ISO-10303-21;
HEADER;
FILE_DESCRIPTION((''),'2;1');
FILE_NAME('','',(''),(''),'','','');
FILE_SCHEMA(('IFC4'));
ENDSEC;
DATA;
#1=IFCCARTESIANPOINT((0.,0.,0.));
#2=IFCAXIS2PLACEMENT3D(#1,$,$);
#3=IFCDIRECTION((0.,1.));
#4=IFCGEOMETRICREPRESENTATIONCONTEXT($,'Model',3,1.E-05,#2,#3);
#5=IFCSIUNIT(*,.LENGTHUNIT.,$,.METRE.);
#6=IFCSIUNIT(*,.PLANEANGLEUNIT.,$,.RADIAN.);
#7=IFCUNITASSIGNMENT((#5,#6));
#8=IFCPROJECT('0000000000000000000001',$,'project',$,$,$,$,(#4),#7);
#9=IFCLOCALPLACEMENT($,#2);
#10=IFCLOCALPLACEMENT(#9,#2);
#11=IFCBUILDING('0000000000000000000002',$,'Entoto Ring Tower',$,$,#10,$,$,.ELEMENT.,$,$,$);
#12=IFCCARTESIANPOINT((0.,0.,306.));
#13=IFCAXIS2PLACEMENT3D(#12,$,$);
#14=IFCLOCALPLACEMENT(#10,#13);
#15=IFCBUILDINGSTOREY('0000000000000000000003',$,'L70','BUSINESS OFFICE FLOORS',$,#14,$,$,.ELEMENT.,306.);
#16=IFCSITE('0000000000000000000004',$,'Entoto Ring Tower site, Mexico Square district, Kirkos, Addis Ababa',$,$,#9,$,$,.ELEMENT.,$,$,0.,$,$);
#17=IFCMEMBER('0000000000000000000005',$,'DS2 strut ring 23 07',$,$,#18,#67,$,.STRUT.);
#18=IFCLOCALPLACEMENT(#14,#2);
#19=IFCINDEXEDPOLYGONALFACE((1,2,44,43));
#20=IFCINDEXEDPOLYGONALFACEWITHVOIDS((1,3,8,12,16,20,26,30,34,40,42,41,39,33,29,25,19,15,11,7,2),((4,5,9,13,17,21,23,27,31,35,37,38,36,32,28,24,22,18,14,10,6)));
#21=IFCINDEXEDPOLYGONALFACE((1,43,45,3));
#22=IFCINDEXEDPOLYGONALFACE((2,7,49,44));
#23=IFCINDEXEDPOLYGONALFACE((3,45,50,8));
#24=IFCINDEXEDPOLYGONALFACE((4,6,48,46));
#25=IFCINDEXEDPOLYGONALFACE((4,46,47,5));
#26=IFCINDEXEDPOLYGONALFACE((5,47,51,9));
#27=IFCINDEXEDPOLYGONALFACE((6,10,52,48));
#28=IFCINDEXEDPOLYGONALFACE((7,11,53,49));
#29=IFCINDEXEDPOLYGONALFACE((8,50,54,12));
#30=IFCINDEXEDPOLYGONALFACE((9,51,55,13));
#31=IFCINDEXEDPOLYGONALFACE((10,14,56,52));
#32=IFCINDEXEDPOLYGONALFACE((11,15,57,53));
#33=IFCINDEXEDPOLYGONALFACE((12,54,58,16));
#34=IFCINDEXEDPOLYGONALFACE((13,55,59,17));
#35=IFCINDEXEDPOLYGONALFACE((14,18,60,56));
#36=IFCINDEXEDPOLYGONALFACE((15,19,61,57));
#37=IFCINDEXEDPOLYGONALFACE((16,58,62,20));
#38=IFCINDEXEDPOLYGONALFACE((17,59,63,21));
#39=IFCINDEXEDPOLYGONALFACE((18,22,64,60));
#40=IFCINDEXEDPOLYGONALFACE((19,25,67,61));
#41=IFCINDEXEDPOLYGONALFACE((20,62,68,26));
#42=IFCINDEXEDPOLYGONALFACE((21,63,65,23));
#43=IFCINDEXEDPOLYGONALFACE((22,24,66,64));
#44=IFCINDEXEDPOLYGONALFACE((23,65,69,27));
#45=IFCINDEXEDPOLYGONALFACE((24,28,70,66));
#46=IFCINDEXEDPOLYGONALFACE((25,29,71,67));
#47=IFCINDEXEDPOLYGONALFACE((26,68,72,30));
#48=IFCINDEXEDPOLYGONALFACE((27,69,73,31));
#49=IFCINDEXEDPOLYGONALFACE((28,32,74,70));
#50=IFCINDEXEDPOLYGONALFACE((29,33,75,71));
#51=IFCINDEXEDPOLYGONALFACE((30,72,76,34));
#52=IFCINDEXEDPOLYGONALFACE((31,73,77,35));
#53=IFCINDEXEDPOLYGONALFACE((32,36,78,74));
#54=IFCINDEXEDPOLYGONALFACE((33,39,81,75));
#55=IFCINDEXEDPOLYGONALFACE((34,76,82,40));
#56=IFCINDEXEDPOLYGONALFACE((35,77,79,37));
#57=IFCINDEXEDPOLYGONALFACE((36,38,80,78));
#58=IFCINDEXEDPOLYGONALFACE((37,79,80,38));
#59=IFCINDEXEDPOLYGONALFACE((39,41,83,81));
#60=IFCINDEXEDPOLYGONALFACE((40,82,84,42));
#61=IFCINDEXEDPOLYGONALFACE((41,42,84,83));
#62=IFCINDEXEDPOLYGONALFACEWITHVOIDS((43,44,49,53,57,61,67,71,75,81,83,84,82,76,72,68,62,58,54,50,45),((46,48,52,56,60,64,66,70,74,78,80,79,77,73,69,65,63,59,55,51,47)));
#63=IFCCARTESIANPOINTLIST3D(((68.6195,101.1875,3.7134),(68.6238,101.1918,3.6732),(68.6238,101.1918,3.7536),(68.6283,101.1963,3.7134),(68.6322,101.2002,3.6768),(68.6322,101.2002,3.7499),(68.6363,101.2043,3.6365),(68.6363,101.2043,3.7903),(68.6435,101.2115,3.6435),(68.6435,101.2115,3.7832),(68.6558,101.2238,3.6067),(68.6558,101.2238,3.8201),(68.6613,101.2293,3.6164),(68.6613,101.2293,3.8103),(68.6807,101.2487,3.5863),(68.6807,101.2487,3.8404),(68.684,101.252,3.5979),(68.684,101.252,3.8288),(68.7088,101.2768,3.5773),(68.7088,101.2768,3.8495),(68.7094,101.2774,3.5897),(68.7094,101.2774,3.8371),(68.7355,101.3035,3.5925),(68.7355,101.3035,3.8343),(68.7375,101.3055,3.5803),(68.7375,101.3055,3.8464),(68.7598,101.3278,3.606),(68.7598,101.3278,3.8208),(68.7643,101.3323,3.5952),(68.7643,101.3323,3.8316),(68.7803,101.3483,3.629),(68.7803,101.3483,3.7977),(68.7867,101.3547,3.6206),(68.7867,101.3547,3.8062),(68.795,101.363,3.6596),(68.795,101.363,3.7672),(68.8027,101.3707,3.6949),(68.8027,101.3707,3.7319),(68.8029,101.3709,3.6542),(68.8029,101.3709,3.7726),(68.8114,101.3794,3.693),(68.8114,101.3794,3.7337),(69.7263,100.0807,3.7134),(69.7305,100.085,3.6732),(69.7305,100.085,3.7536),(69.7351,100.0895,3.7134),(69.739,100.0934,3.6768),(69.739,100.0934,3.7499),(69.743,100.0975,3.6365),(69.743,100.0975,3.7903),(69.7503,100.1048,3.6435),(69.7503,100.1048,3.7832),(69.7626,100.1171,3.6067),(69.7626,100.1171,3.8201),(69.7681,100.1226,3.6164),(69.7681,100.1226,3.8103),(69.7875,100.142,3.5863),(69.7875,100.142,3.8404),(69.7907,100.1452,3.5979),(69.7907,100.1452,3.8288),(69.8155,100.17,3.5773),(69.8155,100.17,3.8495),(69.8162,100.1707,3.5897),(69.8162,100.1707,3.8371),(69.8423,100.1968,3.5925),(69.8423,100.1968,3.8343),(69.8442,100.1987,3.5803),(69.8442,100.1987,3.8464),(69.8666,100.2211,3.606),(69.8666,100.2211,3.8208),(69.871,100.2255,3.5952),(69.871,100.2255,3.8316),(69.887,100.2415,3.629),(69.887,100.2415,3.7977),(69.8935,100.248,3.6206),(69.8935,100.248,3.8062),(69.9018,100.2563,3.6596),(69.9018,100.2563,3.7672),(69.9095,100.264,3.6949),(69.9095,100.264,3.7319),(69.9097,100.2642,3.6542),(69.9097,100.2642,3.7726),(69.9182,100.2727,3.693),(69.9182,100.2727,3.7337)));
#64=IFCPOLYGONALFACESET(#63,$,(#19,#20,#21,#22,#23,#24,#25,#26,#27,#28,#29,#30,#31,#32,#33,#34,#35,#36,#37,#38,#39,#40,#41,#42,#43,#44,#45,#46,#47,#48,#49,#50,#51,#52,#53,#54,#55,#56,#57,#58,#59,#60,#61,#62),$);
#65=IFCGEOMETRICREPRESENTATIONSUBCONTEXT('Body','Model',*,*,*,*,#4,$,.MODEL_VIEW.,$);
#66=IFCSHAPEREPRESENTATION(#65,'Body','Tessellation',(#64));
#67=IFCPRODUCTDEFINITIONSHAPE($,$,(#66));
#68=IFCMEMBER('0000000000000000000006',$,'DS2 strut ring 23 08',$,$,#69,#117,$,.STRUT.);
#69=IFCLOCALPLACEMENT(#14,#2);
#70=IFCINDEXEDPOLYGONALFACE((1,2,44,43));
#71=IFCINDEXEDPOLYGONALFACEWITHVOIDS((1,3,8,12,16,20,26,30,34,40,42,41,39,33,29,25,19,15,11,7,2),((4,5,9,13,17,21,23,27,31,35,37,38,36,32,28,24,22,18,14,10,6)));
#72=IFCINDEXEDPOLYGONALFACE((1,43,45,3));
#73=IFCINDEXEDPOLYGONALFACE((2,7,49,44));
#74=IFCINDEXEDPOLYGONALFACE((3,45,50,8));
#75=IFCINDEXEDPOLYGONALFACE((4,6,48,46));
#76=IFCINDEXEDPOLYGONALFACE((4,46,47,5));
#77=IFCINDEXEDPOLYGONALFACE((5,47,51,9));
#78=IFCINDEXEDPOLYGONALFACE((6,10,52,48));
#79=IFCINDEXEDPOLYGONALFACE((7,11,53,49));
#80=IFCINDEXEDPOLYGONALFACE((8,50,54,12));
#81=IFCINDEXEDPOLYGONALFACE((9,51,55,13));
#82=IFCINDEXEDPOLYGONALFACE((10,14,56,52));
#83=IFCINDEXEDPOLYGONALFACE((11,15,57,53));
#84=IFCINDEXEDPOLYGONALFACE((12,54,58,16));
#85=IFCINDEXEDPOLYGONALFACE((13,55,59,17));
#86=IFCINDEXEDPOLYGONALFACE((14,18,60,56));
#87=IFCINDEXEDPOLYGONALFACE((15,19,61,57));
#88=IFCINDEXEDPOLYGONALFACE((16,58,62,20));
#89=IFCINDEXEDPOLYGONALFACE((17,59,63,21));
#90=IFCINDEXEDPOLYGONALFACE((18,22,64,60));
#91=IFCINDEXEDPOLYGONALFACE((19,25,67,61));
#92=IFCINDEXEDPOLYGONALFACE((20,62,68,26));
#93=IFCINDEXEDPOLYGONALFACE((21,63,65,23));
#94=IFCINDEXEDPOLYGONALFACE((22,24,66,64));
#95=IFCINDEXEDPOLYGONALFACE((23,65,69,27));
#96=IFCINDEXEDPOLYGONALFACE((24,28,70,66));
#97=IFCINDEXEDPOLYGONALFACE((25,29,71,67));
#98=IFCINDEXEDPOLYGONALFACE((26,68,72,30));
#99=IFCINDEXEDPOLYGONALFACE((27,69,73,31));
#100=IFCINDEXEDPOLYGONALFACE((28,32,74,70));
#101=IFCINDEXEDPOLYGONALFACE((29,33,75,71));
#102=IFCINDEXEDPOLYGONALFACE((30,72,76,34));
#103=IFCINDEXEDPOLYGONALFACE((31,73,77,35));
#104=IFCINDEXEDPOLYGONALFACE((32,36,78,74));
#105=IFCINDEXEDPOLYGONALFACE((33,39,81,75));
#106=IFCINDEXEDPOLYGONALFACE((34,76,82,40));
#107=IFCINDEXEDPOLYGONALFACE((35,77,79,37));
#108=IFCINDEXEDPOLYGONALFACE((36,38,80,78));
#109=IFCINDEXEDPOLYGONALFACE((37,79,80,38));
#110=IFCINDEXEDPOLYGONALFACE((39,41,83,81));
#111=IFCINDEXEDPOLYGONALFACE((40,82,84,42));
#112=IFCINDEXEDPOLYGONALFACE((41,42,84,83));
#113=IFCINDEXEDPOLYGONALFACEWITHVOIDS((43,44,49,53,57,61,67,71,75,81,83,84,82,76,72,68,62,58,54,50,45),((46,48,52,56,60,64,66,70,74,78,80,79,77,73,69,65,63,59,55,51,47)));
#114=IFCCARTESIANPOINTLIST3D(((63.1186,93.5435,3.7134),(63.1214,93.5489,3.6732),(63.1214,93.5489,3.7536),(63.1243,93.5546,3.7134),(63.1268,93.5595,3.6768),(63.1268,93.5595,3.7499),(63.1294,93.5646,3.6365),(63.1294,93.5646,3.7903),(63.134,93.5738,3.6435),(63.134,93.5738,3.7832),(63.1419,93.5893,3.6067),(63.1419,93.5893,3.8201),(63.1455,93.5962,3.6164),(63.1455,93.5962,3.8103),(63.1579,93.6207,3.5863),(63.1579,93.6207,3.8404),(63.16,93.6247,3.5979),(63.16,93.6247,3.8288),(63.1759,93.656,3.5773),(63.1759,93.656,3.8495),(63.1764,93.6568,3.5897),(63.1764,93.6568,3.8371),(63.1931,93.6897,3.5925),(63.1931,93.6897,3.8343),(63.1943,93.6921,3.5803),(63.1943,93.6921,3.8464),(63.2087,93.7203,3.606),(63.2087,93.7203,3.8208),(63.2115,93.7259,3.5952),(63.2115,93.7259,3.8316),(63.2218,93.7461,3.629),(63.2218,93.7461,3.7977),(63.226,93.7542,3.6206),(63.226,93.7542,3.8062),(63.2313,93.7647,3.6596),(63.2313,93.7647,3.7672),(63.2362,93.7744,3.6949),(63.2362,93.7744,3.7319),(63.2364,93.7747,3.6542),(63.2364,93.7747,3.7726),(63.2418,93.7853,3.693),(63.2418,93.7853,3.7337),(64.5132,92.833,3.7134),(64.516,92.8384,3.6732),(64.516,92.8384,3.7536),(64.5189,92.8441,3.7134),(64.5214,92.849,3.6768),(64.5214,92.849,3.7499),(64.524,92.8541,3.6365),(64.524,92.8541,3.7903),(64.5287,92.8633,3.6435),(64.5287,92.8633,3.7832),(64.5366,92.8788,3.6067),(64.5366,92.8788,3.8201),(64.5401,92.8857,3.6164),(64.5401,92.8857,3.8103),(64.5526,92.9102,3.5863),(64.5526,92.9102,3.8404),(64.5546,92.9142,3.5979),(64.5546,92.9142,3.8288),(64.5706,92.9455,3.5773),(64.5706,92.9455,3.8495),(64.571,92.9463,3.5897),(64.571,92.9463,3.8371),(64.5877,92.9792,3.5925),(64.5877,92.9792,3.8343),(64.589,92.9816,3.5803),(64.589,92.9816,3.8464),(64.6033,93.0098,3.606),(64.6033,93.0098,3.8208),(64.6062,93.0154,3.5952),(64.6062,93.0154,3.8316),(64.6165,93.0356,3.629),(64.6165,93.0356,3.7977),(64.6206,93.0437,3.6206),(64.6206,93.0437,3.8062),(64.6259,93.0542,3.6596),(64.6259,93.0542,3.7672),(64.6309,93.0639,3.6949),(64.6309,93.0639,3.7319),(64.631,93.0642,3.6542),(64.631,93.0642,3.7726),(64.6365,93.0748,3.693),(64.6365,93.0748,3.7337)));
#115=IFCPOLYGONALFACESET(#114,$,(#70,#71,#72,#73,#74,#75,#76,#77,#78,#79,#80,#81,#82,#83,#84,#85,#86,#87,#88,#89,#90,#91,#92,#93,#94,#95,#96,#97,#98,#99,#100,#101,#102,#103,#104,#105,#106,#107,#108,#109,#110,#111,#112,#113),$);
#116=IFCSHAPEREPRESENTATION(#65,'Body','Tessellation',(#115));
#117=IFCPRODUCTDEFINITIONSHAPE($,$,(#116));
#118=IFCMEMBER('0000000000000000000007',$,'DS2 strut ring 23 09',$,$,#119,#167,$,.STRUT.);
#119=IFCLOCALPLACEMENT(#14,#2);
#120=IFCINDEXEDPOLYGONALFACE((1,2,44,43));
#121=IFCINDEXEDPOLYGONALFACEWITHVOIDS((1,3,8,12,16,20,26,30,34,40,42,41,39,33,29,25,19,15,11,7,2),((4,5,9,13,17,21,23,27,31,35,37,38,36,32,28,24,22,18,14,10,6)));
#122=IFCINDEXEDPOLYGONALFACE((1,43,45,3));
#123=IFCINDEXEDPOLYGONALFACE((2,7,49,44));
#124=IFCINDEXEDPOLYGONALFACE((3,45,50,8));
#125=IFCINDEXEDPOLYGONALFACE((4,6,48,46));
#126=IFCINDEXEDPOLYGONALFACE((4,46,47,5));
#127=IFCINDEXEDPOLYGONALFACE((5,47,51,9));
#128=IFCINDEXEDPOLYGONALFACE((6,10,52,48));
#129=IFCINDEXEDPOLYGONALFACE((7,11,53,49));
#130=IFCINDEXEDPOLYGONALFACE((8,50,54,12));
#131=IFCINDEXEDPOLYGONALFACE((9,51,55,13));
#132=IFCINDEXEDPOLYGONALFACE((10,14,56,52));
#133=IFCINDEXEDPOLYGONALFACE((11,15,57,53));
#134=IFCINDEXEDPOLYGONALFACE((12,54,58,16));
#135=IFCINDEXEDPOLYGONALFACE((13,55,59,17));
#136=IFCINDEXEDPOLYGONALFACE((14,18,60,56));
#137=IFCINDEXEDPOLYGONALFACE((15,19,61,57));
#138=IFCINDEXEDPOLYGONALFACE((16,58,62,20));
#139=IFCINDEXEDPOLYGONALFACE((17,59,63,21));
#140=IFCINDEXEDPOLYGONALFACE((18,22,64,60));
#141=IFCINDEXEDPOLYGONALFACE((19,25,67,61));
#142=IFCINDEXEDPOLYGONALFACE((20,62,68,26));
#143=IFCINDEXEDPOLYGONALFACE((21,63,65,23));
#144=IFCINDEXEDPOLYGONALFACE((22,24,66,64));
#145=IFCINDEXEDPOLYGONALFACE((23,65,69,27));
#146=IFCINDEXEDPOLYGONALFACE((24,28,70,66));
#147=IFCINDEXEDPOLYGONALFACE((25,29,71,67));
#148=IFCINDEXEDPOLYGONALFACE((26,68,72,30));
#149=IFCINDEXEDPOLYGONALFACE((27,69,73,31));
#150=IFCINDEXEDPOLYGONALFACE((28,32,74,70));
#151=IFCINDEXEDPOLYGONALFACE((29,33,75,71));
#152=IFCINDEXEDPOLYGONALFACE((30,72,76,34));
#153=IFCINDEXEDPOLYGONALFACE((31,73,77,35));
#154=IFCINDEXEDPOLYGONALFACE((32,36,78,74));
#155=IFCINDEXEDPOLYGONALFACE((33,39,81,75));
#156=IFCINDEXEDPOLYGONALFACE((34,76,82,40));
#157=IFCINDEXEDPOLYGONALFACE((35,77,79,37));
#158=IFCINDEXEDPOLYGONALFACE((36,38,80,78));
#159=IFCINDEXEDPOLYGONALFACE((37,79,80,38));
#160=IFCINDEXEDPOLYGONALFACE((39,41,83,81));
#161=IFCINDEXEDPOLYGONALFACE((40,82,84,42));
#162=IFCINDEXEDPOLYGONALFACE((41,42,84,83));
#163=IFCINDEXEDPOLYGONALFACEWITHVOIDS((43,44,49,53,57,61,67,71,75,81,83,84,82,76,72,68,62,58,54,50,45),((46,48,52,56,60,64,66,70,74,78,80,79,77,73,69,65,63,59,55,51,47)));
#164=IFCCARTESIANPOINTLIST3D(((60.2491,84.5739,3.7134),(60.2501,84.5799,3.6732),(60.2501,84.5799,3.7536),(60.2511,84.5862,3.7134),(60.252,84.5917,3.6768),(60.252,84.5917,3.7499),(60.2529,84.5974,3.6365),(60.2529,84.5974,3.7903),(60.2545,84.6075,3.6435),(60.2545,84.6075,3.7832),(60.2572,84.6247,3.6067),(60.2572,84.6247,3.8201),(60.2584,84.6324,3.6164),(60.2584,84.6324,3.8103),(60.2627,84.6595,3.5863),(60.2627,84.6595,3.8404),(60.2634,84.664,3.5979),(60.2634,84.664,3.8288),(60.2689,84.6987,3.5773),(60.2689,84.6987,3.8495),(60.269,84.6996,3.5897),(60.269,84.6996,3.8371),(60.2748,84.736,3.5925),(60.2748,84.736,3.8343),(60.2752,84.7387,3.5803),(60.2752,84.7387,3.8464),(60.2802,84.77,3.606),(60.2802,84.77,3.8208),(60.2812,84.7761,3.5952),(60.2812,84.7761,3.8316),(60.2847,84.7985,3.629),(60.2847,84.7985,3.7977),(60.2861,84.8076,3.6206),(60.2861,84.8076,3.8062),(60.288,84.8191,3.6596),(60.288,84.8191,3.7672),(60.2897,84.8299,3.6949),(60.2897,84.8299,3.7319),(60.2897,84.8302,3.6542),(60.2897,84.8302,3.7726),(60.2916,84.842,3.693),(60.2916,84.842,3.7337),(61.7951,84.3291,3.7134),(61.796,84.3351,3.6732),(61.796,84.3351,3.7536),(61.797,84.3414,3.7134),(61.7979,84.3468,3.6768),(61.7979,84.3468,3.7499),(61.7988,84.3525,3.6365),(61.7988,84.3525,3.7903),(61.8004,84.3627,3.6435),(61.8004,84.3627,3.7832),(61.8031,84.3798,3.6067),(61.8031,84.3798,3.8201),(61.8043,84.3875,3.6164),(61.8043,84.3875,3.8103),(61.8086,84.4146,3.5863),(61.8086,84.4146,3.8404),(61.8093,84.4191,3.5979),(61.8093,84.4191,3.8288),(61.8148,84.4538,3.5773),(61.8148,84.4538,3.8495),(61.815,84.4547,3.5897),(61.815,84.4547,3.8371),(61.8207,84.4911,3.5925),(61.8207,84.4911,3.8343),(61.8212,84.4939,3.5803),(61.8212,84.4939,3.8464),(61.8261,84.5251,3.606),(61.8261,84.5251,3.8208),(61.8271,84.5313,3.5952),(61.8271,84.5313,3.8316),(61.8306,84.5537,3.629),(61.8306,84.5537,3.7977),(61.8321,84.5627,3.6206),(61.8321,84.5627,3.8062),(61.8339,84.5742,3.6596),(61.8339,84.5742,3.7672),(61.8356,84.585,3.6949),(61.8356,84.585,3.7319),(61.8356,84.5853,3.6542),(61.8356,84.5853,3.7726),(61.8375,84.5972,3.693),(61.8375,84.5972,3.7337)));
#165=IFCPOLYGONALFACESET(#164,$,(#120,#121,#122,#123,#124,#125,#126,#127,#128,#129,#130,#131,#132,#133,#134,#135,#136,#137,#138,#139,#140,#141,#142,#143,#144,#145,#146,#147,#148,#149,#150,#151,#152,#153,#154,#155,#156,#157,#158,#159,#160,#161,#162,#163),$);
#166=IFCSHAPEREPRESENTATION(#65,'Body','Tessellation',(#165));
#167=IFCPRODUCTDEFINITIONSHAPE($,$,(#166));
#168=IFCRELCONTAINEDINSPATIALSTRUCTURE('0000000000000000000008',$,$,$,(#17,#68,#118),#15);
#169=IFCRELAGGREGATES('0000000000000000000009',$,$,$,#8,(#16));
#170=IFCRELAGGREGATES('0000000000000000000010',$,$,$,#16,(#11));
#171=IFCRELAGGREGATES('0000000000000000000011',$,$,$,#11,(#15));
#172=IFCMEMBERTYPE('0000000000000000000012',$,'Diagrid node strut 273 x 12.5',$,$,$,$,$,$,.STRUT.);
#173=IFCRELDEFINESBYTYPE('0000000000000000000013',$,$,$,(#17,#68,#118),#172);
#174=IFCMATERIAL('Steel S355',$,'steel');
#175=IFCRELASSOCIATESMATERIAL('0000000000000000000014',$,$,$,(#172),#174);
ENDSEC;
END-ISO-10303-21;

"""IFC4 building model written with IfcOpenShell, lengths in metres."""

from ifc_helpers import new_model, si_unit, direction, frame, origin, origin_2d, place, context, subcontext, project, spatial, circle, hollow_circle, extrude, material, material_profile, profile_set, type_object, element, save


model = new_model("IFC4")

# Units and contexts
model_context = context("Model", 3, precision=1e-05, world=origin(), true_north=direction((0.0, 1.0)))
body_context = subcontext(model_context, "Body", "Model", "MODEL_VIEW")
ifc_project = project(units=[si_unit("LENGTHUNIT", "METRE"), si_unit("PLANEANGLEUNIT", "RADIAN")], contexts=[model_context])

# Site, building, storey
site_placement = place(None, origin())
site = spatial("IfcSite", under=ifc_project, at=site_placement, Name="Entoto Ring Tower site, Mexico Square district, Kirkos, Addis Ababa", CompositionType="ELEMENT", RefElevation=0.0)
building_placement = place(site_placement, origin())
building = spatial("IfcBuilding", under=site, at=building_placement, Name="Entoto Ring Tower", CompositionType="ELEMENT")
storey_placement = place(building_placement, frame((0.0, 0.0, 306.0)))
storey = spatial("IfcBuildingStorey", under=building, at=storey_placement, Name="L70", Description="BUSINESS OFFICE FLOORS", CompositionType="ELEMENT", Elevation=306.0)

# Members
ifc_material_1 = material(Name="Steel S355", Category="steel")
ifc_material_profile_1 = material_profile(ifc_material_1, hollow_circle(Radius=0.1365, WallThickness=0.0125, at=origin_2d()), Name="CHS 273 x 12.5")
ifc_material_2 = material(Name="Concrete C60/75", Category="concrete")
ifc_material_profile_2 = material_profile(ifc_material_2, circle(Radius=0.124, at=origin_2d()), Name="Concrete C60/75 infill")
ifc_profile_set_1 = profile_set([ifc_material_profile_1, ifc_material_profile_2], Name="Steel S355")
member_type = type_object("IfcMemberType", Name="Diagrid node strut 273 x 12.5", PredefinedType="STRUT", material=ifc_profile_set_1)
for number, where, z_axis, x_axis, name in (
    (1, (69.8228, 100.1772, 3.7134), (-0.707107, 0.707107, 0.0), (-0.707107, -0.707107, 0.0), "DS2 strut ring 23 07"),
    (2, (64.5752, 92.9546, 3.7134), (-0.891032, 0.45394, 0.0), (-0.45394, -0.891032, 0.0), "DS2 strut ring 23 08"),
    (3, (61.8164, 84.4639, 3.7134), (-0.987686, 0.156451, 0.0), (-0.156451, -0.987686, 0.0), "DS2 strut ring 23 09"),
):
    element("IfcMember", number, at=place(storey_placement, frame(where, z_axis=z_axis, x_axis=x_axis)), inside=storey, type_object=member_type, Name=name, PredefinedType="STRUT", context=body_context, shape_type="SweptSolid", body=[
        extrude(hollow_circle(Radius=0.1365, WallThickness=0.0125, at=origin_2d()), origin(), (0.0, 0.0, 1.0), 1.5652),
    ])

save(model, "model.ifc")
